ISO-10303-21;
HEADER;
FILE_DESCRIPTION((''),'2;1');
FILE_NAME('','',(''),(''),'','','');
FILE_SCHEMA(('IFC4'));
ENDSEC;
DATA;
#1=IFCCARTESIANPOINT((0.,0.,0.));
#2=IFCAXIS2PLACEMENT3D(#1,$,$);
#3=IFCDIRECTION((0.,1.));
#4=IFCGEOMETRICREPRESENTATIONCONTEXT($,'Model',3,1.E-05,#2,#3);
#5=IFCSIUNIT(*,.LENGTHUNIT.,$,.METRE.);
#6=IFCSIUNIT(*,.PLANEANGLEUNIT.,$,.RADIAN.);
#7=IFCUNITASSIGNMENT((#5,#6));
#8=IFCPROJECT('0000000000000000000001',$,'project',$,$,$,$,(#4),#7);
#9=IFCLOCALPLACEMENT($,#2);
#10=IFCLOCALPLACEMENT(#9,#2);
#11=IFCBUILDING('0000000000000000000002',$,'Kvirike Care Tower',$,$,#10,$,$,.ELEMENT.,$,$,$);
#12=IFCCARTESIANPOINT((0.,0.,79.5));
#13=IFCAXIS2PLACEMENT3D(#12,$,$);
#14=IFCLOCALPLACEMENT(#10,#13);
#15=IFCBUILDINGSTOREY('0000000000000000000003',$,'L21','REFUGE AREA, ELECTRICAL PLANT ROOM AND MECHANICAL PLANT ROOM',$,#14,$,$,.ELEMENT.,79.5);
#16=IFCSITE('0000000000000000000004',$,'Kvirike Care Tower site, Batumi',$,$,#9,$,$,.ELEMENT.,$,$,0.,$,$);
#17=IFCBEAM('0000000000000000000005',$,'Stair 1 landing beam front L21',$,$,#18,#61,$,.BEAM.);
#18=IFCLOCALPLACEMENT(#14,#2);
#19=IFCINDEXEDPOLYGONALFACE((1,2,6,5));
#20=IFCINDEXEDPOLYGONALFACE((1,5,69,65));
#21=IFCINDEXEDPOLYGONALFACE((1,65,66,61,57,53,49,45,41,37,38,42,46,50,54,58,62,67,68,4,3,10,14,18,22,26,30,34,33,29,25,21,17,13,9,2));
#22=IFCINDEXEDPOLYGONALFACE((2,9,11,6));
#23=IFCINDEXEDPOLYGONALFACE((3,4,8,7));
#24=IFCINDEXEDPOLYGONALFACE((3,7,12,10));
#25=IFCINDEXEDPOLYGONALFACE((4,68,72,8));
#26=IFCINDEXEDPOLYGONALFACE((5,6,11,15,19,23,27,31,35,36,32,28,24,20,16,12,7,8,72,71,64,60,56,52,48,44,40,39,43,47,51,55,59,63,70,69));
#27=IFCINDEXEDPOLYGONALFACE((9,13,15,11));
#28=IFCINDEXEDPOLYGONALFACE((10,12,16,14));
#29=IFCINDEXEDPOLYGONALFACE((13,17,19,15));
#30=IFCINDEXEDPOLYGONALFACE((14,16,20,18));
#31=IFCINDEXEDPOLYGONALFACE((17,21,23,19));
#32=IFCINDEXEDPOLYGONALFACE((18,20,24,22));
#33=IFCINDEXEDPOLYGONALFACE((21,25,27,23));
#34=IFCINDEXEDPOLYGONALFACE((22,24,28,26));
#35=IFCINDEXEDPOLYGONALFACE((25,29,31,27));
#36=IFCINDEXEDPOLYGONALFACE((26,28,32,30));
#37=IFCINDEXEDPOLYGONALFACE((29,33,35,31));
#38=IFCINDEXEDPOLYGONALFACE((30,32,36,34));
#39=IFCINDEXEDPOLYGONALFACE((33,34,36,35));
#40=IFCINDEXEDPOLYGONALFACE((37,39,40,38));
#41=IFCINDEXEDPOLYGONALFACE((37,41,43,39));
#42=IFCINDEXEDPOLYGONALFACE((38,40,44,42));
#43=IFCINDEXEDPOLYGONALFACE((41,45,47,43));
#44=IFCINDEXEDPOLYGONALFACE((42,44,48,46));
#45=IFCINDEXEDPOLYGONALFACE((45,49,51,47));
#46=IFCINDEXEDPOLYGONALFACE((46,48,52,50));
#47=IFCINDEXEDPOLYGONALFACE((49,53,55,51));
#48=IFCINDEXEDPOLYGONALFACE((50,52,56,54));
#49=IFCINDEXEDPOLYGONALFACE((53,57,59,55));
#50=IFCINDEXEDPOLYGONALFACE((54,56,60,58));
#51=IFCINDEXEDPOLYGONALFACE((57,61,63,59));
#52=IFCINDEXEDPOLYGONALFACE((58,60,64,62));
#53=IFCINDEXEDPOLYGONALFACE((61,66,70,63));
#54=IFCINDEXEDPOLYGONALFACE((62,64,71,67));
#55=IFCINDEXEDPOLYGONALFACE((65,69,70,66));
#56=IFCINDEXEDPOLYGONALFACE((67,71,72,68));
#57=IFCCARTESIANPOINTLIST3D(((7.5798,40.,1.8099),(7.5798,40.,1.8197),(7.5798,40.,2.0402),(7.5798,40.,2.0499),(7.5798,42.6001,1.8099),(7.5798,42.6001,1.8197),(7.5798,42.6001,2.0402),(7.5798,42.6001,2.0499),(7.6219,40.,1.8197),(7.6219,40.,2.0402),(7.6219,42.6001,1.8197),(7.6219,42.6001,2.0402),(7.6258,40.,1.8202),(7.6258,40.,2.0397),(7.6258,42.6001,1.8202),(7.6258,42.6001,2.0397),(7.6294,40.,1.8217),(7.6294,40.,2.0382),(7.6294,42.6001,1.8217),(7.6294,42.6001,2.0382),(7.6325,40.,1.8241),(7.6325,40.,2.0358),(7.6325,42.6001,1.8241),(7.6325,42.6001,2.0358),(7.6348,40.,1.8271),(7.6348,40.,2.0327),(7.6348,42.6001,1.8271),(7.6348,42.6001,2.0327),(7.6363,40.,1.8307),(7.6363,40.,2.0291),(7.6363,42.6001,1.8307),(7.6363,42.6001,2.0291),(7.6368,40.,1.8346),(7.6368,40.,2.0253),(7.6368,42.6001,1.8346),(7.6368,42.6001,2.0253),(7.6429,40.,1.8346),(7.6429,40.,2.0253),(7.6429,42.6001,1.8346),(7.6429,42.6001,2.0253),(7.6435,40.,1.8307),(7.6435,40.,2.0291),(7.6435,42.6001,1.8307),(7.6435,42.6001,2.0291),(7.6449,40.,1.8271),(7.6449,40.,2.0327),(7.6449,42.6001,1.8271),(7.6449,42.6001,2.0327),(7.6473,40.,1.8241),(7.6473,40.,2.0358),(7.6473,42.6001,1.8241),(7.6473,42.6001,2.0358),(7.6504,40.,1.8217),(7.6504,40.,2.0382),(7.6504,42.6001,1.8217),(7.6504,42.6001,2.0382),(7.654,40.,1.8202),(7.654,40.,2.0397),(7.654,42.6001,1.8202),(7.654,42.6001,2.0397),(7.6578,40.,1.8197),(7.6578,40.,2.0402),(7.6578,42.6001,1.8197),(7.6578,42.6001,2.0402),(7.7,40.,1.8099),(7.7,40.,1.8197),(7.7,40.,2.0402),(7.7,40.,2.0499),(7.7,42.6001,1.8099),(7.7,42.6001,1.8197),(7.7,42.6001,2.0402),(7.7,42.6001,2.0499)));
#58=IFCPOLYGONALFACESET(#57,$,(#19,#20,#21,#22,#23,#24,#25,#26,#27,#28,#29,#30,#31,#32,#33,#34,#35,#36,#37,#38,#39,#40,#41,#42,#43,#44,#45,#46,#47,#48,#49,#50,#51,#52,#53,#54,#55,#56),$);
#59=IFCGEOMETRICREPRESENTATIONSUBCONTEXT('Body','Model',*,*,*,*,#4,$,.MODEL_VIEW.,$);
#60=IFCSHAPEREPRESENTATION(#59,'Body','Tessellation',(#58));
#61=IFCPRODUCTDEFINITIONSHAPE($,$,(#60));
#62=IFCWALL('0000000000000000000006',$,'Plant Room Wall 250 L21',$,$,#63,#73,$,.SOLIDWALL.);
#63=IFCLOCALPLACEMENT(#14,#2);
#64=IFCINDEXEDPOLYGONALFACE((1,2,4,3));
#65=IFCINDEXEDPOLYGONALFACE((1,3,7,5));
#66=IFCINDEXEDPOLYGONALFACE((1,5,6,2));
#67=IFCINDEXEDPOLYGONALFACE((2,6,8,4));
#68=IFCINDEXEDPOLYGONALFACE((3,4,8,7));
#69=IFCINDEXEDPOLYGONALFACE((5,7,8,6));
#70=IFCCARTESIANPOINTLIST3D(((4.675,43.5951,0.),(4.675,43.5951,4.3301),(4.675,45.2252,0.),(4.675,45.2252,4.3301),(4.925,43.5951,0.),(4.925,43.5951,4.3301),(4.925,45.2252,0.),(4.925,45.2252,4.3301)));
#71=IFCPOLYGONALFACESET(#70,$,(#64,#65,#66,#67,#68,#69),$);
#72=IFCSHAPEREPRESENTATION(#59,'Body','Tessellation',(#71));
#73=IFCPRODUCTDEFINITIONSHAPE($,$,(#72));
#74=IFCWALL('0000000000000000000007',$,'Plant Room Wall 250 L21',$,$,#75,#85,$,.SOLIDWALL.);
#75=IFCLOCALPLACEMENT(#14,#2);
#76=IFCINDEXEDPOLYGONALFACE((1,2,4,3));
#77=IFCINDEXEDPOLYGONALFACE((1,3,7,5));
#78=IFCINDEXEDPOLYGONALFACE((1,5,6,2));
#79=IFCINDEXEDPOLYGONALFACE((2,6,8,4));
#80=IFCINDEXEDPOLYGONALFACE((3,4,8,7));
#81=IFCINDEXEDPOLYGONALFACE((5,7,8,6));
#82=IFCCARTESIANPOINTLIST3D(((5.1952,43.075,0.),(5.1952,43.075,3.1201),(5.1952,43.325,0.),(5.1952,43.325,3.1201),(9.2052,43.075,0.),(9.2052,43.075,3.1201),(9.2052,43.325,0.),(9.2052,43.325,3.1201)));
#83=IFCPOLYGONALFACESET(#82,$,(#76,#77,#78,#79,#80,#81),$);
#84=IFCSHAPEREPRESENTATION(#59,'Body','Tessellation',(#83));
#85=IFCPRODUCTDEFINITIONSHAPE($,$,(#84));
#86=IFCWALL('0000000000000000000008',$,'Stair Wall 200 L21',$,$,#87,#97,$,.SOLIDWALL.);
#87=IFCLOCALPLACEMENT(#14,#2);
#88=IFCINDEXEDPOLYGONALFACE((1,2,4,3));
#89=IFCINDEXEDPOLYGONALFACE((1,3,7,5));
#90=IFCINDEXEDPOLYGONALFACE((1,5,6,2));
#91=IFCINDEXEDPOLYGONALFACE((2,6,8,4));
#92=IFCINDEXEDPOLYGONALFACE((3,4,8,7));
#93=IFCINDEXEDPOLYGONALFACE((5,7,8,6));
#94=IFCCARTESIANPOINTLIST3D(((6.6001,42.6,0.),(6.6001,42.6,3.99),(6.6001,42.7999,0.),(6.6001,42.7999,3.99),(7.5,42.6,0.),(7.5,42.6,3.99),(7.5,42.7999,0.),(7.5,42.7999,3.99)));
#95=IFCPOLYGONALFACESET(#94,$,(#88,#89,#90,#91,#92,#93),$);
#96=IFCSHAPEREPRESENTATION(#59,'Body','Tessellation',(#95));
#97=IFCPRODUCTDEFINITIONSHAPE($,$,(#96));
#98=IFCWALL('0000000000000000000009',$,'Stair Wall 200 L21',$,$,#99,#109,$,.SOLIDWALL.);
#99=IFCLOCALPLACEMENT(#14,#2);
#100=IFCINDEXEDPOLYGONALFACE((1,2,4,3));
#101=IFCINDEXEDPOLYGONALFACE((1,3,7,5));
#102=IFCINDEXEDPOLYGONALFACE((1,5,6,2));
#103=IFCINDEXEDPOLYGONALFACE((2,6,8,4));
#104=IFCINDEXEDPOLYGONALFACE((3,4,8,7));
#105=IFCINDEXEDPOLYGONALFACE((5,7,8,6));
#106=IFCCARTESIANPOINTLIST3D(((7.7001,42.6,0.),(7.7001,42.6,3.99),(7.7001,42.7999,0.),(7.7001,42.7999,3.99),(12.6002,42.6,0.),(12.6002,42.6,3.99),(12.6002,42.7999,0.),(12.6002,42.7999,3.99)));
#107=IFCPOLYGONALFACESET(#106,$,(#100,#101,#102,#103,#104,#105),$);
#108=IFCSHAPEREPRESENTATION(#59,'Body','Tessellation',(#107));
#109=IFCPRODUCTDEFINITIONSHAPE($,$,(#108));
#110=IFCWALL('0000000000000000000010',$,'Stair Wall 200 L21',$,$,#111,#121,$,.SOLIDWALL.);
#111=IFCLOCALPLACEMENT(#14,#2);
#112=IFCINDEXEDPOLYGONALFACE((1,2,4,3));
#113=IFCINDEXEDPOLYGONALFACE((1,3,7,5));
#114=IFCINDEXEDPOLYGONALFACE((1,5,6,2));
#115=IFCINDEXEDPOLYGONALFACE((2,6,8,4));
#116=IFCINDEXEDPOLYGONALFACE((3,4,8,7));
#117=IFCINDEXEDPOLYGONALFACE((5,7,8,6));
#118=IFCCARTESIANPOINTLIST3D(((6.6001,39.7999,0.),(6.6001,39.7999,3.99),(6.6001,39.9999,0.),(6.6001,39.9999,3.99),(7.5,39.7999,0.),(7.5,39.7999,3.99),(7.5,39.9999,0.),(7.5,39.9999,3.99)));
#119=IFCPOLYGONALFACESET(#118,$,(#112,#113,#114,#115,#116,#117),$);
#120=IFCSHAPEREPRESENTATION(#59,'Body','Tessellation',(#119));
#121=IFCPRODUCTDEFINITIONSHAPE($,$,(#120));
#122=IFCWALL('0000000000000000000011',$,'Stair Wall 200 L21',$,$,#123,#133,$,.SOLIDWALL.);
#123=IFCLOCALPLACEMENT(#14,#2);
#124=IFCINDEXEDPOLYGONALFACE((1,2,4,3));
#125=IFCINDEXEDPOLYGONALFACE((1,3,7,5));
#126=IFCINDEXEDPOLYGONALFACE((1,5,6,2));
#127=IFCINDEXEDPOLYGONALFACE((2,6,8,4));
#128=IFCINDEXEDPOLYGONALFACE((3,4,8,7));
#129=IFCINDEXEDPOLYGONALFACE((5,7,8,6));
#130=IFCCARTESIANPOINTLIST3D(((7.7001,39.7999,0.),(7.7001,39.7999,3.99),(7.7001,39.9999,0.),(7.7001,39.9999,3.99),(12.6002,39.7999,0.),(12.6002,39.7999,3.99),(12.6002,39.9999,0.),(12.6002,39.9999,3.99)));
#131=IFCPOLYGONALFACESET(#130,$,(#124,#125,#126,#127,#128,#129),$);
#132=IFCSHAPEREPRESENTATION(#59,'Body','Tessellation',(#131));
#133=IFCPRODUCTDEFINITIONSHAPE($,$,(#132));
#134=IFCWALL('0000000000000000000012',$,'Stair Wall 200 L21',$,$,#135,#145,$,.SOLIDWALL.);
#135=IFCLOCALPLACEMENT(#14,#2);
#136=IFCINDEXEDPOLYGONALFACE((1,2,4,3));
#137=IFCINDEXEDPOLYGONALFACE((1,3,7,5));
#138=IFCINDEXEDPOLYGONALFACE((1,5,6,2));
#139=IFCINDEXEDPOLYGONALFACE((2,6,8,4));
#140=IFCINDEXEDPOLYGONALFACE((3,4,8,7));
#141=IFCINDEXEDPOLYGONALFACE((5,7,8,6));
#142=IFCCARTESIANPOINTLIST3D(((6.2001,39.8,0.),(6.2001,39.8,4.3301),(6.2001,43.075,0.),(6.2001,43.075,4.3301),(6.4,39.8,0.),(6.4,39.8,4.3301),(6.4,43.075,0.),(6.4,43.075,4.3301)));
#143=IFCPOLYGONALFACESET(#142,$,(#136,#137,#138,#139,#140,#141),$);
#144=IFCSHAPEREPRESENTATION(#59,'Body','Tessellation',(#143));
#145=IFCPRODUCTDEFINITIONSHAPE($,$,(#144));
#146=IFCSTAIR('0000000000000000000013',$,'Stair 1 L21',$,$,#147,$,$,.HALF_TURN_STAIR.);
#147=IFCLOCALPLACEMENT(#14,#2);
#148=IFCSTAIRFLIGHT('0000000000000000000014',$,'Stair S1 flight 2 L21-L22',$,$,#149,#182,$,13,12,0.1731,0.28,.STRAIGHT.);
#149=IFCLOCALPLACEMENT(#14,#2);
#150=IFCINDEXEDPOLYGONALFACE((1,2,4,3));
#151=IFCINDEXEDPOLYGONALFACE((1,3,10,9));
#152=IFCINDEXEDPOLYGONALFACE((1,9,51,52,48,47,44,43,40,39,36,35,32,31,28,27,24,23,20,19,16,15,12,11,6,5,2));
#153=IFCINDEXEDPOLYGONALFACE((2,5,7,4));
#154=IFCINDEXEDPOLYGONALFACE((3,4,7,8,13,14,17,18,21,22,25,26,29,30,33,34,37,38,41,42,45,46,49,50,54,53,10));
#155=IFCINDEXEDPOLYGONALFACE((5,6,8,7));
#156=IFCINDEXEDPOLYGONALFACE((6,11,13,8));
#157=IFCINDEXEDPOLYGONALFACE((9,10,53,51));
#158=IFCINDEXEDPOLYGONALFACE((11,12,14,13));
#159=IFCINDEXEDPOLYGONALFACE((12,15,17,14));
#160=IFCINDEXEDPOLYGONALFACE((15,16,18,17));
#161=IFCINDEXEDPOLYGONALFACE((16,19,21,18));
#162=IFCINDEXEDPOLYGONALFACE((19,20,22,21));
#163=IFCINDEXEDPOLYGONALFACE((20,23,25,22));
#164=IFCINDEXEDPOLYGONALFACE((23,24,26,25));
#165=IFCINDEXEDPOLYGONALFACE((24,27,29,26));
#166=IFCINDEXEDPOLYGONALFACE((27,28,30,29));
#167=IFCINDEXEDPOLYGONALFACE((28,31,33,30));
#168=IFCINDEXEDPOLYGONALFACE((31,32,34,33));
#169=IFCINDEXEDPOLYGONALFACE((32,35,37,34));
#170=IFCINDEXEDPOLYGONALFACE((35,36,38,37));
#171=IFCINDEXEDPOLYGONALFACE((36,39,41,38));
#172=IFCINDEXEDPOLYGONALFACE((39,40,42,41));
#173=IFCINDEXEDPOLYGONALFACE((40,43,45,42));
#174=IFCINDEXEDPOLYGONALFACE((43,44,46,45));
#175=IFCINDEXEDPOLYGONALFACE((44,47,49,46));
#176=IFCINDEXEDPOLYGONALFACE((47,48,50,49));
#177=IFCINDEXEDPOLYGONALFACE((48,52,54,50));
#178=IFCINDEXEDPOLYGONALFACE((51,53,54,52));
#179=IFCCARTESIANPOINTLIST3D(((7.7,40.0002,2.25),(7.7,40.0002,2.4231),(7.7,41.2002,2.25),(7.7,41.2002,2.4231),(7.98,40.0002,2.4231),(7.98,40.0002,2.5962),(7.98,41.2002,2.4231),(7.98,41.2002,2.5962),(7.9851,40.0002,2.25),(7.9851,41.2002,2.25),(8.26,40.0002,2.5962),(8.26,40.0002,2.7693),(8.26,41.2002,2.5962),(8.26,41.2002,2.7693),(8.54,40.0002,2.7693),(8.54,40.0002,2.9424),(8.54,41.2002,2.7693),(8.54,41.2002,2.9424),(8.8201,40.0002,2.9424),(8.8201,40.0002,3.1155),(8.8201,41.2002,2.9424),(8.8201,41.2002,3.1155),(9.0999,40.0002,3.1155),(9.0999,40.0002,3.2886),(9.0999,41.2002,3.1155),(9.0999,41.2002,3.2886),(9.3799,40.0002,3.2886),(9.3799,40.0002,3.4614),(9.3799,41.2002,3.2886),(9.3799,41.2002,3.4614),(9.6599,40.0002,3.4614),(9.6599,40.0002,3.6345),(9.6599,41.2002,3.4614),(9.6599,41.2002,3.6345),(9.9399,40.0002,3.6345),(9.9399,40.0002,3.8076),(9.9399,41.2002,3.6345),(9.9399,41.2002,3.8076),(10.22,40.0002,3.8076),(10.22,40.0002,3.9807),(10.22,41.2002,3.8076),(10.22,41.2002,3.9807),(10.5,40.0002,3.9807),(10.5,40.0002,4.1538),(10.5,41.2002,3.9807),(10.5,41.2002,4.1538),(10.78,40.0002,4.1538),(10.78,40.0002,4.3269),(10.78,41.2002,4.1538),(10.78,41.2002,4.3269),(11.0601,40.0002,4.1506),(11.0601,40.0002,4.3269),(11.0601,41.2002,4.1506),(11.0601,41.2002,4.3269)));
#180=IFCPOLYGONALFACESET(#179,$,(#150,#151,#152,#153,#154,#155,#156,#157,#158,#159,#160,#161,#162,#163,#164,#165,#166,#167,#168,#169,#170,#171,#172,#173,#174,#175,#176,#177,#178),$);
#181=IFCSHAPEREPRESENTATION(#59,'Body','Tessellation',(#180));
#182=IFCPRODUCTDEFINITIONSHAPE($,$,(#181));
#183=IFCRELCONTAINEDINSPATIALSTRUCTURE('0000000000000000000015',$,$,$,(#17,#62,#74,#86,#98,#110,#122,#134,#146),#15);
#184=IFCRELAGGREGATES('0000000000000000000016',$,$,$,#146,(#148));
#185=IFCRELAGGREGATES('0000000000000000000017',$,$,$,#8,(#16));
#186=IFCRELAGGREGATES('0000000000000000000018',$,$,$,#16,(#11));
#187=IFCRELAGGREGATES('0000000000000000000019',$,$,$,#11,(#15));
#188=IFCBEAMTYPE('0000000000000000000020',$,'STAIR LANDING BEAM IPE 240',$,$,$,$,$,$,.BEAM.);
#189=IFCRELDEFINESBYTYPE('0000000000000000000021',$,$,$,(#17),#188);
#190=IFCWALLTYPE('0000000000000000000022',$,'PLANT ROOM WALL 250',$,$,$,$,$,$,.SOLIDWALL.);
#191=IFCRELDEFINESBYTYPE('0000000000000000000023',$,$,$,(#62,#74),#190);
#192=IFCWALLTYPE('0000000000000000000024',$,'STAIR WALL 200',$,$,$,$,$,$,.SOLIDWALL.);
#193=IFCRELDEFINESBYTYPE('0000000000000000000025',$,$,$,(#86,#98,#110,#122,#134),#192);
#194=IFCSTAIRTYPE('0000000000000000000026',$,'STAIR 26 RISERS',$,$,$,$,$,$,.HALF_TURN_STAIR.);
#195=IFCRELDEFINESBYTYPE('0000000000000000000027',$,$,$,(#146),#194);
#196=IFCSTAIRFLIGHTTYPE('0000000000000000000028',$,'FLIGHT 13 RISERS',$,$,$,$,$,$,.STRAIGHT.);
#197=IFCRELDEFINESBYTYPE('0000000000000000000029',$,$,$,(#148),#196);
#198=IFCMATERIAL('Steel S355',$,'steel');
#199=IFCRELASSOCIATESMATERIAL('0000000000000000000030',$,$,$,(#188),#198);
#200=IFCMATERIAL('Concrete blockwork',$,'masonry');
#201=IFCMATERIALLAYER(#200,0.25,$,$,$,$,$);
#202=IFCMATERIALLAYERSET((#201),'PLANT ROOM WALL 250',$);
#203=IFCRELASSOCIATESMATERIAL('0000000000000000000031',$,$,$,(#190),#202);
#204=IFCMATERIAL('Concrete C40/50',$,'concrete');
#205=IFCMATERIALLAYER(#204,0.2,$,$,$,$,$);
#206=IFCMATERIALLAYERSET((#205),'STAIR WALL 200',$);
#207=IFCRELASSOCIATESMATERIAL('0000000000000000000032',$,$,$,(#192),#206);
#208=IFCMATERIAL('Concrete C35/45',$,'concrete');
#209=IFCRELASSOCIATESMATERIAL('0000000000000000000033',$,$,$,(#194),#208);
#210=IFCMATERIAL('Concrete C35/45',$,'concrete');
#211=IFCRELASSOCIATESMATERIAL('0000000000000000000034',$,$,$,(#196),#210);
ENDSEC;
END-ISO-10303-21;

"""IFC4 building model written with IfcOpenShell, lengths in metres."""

from ifc_helpers import new_model, si_unit, direction, frame, frame_2d, origin, origin_2d, place, context, subcontext, project, spatial, polyline, rectangle, i_section, outline, extrude, material, layer, layer_set, material_profile, profile_set, type_object, element, aggregate, save


model = new_model("IFC4")

# Units and contexts
model_context = context("Model", 3, precision=1e-05, world=origin(), true_north=direction((0.0, 1.0)))
body_context = subcontext(model_context, "Body", "Model", "MODEL_VIEW")
ifc_project = project(units=[si_unit("LENGTHUNIT", "METRE"), si_unit("PLANEANGLEUNIT", "RADIAN")], contexts=[model_context])

# Site, building, storey
site_placement = place(None, origin())
site = spatial("IfcSite", under=ifc_project, at=site_placement, Name="Kvirike Care Tower site, Batumi", CompositionType="ELEMENT", RefElevation=0.0)
building_placement = place(site_placement, origin())
building = spatial("IfcBuilding", under=site, at=building_placement, Name="Kvirike Care Tower", CompositionType="ELEMENT")
storey_placement = place(building_placement, frame((0.0, 0.0, 79.5)))
storey = spatial("IfcBuildingStorey", under=building, at=storey_placement, Name="L21", Description="REFUGE AREA, ELECTRICAL PLANT ROOM AND MECHANICAL PLANT ROOM", CompositionType="ELEMENT", Elevation=79.5)

# Beam
ifc_material_1 = material(Name="Steel S355", Category="steel")
ifc_material_profile_1 = material_profile(ifc_material_1, i_section(OverallWidth=0.1201, OverallDepth=0.24, WebThickness=0.0061, FlangeThickness=0.0098, FilletRadius=0.0149, at=origin_2d()), Name="IPE 240")
ifc_profile_set_1 = profile_set([ifc_material_profile_1], Name="Steel S355")
beam_type_1 = type_object("IfcBeamType", Name="STAIR LANDING BEAM IPE 240", PredefinedType="BEAM", material=ifc_profile_set_1)
for number, where, z_axis, x_axis, name in (
    (1, (7.6399, 42.6001, 1.9299), (0.0, -1.0, 0.0), (1.0, 0.0, 0.0), "Stair 1 landing beam front L21"),
):
    element("IfcBeam", number, at=place(storey_placement, frame(where, z_axis=z_axis, x_axis=x_axis)), inside=storey, type_object=beam_type_1, Name=name, PredefinedType="BEAM", context=body_context, shape_type="SweptSolid", body=[
        extrude(i_section(OverallWidth=0.1201, OverallDepth=0.24, WebThickness=0.0061, FlangeThickness=0.0098, FilletRadius=0.0149, at=origin_2d()), origin(), (0.0, 0.0, 1.0), 2.6001),
    ])

# Walls
ifc_material_2 = material(Name="Concrete blockwork", Category="masonry")
ifc_layer_1 = layer(ifc_material_2, 0.25)
ifc_layer_set_1 = layer_set([ifc_layer_1], Name="PLANT ROOM WALL 250")
wall_type_1 = type_object("IfcWallType", Name="PLANT ROOM WALL 250", PredefinedType="SOLIDWALL", material=ifc_layer_set_1)
wall_1_placement = place(storey_placement, frame((4.8, 45.2251, 0.0), z_axis=(0.0, 0.0, 1.0), x_axis=(0.0, -1.0, 0.0)))
element("IfcWall", 2, at=wall_1_placement, inside=storey, type_object=wall_type_1, Name="Plant Room Wall 250 L21", PredefinedType="SOLIDWALL", context=body_context, shape_type="SweptSolid", body=[
    extrude(rectangle(XDim=1.6301, YDim=0.25, at=frame_2d((0.8149, 0.0))), origin(), (0.0, 0.0, 1.0), 4.3301),
])
wall_2_placement = place(storey_placement, frame((9.2051, 43.2, 0.0), z_axis=(0.0, 0.0, 1.0), x_axis=(-1.0, 0.0, 0.0)))
element("IfcWall", 3, at=wall_2_placement, inside=storey, type_object=wall_type_1, Name="Plant Room Wall 250 L21", PredefinedType="SOLIDWALL", context=body_context, shape_type="SweptSolid", body=[
    extrude(rectangle(XDim=4.01, YDim=0.25, at=frame_2d((2.0049, 0.0))), origin(), (0.0, 0.0, 1.0), 3.1201),
])
ifc_material_3 = material(Name="Concrete C40/50", Category="concrete")
ifc_layer_2 = layer(ifc_material_3, 0.2)
ifc_layer_set_2 = layer_set([ifc_layer_2], Name="STAIR WALL 200")
wall_type_2 = type_object("IfcWallType", Name="STAIR WALL 200", PredefinedType="SOLIDWALL", material=ifc_layer_set_2)
wall_3_placement = place(storey_placement, frame((6.6001, 42.7, 0.0), z_axis=(0.0, 0.0, 1.0), x_axis=(1.0, 0.0, 0.0)))
element("IfcWall", 4, at=wall_3_placement, inside=storey, type_object=wall_type_2, Name="Stair Wall 200 L21", PredefinedType="SOLIDWALL", context=body_context, shape_type="SweptSolid", body=[
    extrude(rectangle(XDim=0.8999, YDim=0.2, at=frame_2d((0.45, 0.0))), origin(), (0.0, 0.0, 1.0), 3.99),
])
wall_4_placement = place(storey_placement, frame((7.7, 42.7, 0.0), z_axis=(0.0, 0.0, 1.0), x_axis=(1.0, 0.0, 0.0)))
element("IfcWall", 5, at=wall_4_placement, inside=storey, type_object=wall_type_2, Name="Stair Wall 200 L21", PredefinedType="SOLIDWALL", context=body_context, shape_type="SweptSolid", body=[
    extrude(rectangle(XDim=4.9001, YDim=0.2, at=frame_2d((2.4502, 0.0))), origin(), (0.0, 0.0, 1.0), 3.99),
])
wall_5_placement = place(storey_placement, frame((6.6001, 39.8999, 0.0), z_axis=(0.0, 0.0, 1.0), x_axis=(1.0, 0.0, 0.0)))
element("IfcWall", 6, at=wall_5_placement, inside=storey, type_object=wall_type_2, Name="Stair Wall 200 L21", PredefinedType="SOLIDWALL", context=body_context, shape_type="SweptSolid", body=[
    extrude(rectangle(XDim=0.8999, YDim=0.2, at=frame_2d((0.45, 0.0))), origin(), (0.0, 0.0, 1.0), 3.99),
])
wall_6_placement = place(storey_placement, frame((7.7, 39.8999, 0.0), z_axis=(0.0, 0.0, 1.0), x_axis=(1.0, 0.0, 0.0)))
element("IfcWall", 7, at=wall_6_placement, inside=storey, type_object=wall_type_2, Name="Stair Wall 200 L21", PredefinedType="SOLIDWALL", context=body_context, shape_type="SweptSolid", body=[
    extrude(rectangle(XDim=4.9001, YDim=0.2, at=frame_2d((2.4502, 0.0))), origin(), (0.0, 0.0, 1.0), 3.99),
])
wall_7_placement = place(storey_placement, frame((6.3, 43.075, 0.0), z_axis=(0.0, 0.0, 1.0), x_axis=(0.0, -1.0, 0.0)))
element("IfcWall", 8, at=wall_7_placement, inside=storey, type_object=wall_type_2, Name="Stair Wall 200 L21", PredefinedType="SOLIDWALL", context=body_context, shape_type="SweptSolid", body=[
    extrude(rectangle(XDim=3.2749, YDim=0.2, at=frame_2d((1.6375, 0.0))), origin(), (0.0, 0.0, 1.0), 4.3301),
])

# Stair, stair flight
ifc_material_4 = material(Name="Concrete C35/45", Category="concrete")
stair_type = type_object("IfcStairType", Name="STAIR 26 RISERS", PredefinedType="HALF_TURN_STAIR", material=ifc_material_4)
stair_placement = place(storey_placement, origin())
stair = element("IfcStair", 9, at=stair_placement, inside=storey, type_object=stair_type, Name="Stair 1 L21", PredefinedType="HALF_TURN_STAIR")
ifc_material_5 = material(Name="Concrete C35/45", Category="concrete")
stair_flight_type = type_object("IfcStairFlightType", Name="FLIGHT 13 RISERS", PredefinedType="STRAIGHT", material=ifc_material_5)
stair_flight_placement = place(storey_placement, frame((7.7, 40.6001, 2.25), z_axis=(0.0, 0.0, 1.0), x_axis=(1.0, 0.0, 0.0)))
stair_flight = element("IfcStairFlight", 10, at=stair_flight_placement, type_object=stair_flight_type, Name="Stair S1 flight 2 L21-L22", NumberOfRisers=13, NumberOfTreads=12, PredefinedType="STRAIGHT", RiserHeight=0.1731, TreadLength=0.28, context=body_context, shape_type="SweptSolid", body=[
    extrude(outline(polyline([(0.0, 0.0), (0.0, 0.1731), (0.28, 0.1731), (0.28, 0.3462), (0.5601, 0.3462), (0.5601, 0.5193), (0.8401, 0.5193), (0.8401, 0.6924), (1.1201, 0.6924), (1.1201, 0.8655), (1.3999, 0.8655), (1.3999, 1.0386), (1.6799, 1.0386), (1.6799, 1.2114), (1.96, 1.2114), (1.96, 1.3845), (2.24, 1.3845), (2.24, 1.5576), (2.52, 1.5576), (2.52, 1.7307), (2.8, 1.7307), (2.8, 1.9038), (3.0801, 1.9038), (3.0801, 2.0769), (3.3601, 2.0769), (3.3601, 2.25), (3.3601, 1.9006), (0.2852, 0.0), (0.0, 0.0)])), frame((0.0, 0.6001, 0.0), z_axis=(0.0, -1.0, 0.0), x_axis=(1.0, 0.0, 0.0)), (0.0, 0.0, 1.0), 1.2),
])
aggregate(stair, [stair_flight])

save(model, "model.ifc")
